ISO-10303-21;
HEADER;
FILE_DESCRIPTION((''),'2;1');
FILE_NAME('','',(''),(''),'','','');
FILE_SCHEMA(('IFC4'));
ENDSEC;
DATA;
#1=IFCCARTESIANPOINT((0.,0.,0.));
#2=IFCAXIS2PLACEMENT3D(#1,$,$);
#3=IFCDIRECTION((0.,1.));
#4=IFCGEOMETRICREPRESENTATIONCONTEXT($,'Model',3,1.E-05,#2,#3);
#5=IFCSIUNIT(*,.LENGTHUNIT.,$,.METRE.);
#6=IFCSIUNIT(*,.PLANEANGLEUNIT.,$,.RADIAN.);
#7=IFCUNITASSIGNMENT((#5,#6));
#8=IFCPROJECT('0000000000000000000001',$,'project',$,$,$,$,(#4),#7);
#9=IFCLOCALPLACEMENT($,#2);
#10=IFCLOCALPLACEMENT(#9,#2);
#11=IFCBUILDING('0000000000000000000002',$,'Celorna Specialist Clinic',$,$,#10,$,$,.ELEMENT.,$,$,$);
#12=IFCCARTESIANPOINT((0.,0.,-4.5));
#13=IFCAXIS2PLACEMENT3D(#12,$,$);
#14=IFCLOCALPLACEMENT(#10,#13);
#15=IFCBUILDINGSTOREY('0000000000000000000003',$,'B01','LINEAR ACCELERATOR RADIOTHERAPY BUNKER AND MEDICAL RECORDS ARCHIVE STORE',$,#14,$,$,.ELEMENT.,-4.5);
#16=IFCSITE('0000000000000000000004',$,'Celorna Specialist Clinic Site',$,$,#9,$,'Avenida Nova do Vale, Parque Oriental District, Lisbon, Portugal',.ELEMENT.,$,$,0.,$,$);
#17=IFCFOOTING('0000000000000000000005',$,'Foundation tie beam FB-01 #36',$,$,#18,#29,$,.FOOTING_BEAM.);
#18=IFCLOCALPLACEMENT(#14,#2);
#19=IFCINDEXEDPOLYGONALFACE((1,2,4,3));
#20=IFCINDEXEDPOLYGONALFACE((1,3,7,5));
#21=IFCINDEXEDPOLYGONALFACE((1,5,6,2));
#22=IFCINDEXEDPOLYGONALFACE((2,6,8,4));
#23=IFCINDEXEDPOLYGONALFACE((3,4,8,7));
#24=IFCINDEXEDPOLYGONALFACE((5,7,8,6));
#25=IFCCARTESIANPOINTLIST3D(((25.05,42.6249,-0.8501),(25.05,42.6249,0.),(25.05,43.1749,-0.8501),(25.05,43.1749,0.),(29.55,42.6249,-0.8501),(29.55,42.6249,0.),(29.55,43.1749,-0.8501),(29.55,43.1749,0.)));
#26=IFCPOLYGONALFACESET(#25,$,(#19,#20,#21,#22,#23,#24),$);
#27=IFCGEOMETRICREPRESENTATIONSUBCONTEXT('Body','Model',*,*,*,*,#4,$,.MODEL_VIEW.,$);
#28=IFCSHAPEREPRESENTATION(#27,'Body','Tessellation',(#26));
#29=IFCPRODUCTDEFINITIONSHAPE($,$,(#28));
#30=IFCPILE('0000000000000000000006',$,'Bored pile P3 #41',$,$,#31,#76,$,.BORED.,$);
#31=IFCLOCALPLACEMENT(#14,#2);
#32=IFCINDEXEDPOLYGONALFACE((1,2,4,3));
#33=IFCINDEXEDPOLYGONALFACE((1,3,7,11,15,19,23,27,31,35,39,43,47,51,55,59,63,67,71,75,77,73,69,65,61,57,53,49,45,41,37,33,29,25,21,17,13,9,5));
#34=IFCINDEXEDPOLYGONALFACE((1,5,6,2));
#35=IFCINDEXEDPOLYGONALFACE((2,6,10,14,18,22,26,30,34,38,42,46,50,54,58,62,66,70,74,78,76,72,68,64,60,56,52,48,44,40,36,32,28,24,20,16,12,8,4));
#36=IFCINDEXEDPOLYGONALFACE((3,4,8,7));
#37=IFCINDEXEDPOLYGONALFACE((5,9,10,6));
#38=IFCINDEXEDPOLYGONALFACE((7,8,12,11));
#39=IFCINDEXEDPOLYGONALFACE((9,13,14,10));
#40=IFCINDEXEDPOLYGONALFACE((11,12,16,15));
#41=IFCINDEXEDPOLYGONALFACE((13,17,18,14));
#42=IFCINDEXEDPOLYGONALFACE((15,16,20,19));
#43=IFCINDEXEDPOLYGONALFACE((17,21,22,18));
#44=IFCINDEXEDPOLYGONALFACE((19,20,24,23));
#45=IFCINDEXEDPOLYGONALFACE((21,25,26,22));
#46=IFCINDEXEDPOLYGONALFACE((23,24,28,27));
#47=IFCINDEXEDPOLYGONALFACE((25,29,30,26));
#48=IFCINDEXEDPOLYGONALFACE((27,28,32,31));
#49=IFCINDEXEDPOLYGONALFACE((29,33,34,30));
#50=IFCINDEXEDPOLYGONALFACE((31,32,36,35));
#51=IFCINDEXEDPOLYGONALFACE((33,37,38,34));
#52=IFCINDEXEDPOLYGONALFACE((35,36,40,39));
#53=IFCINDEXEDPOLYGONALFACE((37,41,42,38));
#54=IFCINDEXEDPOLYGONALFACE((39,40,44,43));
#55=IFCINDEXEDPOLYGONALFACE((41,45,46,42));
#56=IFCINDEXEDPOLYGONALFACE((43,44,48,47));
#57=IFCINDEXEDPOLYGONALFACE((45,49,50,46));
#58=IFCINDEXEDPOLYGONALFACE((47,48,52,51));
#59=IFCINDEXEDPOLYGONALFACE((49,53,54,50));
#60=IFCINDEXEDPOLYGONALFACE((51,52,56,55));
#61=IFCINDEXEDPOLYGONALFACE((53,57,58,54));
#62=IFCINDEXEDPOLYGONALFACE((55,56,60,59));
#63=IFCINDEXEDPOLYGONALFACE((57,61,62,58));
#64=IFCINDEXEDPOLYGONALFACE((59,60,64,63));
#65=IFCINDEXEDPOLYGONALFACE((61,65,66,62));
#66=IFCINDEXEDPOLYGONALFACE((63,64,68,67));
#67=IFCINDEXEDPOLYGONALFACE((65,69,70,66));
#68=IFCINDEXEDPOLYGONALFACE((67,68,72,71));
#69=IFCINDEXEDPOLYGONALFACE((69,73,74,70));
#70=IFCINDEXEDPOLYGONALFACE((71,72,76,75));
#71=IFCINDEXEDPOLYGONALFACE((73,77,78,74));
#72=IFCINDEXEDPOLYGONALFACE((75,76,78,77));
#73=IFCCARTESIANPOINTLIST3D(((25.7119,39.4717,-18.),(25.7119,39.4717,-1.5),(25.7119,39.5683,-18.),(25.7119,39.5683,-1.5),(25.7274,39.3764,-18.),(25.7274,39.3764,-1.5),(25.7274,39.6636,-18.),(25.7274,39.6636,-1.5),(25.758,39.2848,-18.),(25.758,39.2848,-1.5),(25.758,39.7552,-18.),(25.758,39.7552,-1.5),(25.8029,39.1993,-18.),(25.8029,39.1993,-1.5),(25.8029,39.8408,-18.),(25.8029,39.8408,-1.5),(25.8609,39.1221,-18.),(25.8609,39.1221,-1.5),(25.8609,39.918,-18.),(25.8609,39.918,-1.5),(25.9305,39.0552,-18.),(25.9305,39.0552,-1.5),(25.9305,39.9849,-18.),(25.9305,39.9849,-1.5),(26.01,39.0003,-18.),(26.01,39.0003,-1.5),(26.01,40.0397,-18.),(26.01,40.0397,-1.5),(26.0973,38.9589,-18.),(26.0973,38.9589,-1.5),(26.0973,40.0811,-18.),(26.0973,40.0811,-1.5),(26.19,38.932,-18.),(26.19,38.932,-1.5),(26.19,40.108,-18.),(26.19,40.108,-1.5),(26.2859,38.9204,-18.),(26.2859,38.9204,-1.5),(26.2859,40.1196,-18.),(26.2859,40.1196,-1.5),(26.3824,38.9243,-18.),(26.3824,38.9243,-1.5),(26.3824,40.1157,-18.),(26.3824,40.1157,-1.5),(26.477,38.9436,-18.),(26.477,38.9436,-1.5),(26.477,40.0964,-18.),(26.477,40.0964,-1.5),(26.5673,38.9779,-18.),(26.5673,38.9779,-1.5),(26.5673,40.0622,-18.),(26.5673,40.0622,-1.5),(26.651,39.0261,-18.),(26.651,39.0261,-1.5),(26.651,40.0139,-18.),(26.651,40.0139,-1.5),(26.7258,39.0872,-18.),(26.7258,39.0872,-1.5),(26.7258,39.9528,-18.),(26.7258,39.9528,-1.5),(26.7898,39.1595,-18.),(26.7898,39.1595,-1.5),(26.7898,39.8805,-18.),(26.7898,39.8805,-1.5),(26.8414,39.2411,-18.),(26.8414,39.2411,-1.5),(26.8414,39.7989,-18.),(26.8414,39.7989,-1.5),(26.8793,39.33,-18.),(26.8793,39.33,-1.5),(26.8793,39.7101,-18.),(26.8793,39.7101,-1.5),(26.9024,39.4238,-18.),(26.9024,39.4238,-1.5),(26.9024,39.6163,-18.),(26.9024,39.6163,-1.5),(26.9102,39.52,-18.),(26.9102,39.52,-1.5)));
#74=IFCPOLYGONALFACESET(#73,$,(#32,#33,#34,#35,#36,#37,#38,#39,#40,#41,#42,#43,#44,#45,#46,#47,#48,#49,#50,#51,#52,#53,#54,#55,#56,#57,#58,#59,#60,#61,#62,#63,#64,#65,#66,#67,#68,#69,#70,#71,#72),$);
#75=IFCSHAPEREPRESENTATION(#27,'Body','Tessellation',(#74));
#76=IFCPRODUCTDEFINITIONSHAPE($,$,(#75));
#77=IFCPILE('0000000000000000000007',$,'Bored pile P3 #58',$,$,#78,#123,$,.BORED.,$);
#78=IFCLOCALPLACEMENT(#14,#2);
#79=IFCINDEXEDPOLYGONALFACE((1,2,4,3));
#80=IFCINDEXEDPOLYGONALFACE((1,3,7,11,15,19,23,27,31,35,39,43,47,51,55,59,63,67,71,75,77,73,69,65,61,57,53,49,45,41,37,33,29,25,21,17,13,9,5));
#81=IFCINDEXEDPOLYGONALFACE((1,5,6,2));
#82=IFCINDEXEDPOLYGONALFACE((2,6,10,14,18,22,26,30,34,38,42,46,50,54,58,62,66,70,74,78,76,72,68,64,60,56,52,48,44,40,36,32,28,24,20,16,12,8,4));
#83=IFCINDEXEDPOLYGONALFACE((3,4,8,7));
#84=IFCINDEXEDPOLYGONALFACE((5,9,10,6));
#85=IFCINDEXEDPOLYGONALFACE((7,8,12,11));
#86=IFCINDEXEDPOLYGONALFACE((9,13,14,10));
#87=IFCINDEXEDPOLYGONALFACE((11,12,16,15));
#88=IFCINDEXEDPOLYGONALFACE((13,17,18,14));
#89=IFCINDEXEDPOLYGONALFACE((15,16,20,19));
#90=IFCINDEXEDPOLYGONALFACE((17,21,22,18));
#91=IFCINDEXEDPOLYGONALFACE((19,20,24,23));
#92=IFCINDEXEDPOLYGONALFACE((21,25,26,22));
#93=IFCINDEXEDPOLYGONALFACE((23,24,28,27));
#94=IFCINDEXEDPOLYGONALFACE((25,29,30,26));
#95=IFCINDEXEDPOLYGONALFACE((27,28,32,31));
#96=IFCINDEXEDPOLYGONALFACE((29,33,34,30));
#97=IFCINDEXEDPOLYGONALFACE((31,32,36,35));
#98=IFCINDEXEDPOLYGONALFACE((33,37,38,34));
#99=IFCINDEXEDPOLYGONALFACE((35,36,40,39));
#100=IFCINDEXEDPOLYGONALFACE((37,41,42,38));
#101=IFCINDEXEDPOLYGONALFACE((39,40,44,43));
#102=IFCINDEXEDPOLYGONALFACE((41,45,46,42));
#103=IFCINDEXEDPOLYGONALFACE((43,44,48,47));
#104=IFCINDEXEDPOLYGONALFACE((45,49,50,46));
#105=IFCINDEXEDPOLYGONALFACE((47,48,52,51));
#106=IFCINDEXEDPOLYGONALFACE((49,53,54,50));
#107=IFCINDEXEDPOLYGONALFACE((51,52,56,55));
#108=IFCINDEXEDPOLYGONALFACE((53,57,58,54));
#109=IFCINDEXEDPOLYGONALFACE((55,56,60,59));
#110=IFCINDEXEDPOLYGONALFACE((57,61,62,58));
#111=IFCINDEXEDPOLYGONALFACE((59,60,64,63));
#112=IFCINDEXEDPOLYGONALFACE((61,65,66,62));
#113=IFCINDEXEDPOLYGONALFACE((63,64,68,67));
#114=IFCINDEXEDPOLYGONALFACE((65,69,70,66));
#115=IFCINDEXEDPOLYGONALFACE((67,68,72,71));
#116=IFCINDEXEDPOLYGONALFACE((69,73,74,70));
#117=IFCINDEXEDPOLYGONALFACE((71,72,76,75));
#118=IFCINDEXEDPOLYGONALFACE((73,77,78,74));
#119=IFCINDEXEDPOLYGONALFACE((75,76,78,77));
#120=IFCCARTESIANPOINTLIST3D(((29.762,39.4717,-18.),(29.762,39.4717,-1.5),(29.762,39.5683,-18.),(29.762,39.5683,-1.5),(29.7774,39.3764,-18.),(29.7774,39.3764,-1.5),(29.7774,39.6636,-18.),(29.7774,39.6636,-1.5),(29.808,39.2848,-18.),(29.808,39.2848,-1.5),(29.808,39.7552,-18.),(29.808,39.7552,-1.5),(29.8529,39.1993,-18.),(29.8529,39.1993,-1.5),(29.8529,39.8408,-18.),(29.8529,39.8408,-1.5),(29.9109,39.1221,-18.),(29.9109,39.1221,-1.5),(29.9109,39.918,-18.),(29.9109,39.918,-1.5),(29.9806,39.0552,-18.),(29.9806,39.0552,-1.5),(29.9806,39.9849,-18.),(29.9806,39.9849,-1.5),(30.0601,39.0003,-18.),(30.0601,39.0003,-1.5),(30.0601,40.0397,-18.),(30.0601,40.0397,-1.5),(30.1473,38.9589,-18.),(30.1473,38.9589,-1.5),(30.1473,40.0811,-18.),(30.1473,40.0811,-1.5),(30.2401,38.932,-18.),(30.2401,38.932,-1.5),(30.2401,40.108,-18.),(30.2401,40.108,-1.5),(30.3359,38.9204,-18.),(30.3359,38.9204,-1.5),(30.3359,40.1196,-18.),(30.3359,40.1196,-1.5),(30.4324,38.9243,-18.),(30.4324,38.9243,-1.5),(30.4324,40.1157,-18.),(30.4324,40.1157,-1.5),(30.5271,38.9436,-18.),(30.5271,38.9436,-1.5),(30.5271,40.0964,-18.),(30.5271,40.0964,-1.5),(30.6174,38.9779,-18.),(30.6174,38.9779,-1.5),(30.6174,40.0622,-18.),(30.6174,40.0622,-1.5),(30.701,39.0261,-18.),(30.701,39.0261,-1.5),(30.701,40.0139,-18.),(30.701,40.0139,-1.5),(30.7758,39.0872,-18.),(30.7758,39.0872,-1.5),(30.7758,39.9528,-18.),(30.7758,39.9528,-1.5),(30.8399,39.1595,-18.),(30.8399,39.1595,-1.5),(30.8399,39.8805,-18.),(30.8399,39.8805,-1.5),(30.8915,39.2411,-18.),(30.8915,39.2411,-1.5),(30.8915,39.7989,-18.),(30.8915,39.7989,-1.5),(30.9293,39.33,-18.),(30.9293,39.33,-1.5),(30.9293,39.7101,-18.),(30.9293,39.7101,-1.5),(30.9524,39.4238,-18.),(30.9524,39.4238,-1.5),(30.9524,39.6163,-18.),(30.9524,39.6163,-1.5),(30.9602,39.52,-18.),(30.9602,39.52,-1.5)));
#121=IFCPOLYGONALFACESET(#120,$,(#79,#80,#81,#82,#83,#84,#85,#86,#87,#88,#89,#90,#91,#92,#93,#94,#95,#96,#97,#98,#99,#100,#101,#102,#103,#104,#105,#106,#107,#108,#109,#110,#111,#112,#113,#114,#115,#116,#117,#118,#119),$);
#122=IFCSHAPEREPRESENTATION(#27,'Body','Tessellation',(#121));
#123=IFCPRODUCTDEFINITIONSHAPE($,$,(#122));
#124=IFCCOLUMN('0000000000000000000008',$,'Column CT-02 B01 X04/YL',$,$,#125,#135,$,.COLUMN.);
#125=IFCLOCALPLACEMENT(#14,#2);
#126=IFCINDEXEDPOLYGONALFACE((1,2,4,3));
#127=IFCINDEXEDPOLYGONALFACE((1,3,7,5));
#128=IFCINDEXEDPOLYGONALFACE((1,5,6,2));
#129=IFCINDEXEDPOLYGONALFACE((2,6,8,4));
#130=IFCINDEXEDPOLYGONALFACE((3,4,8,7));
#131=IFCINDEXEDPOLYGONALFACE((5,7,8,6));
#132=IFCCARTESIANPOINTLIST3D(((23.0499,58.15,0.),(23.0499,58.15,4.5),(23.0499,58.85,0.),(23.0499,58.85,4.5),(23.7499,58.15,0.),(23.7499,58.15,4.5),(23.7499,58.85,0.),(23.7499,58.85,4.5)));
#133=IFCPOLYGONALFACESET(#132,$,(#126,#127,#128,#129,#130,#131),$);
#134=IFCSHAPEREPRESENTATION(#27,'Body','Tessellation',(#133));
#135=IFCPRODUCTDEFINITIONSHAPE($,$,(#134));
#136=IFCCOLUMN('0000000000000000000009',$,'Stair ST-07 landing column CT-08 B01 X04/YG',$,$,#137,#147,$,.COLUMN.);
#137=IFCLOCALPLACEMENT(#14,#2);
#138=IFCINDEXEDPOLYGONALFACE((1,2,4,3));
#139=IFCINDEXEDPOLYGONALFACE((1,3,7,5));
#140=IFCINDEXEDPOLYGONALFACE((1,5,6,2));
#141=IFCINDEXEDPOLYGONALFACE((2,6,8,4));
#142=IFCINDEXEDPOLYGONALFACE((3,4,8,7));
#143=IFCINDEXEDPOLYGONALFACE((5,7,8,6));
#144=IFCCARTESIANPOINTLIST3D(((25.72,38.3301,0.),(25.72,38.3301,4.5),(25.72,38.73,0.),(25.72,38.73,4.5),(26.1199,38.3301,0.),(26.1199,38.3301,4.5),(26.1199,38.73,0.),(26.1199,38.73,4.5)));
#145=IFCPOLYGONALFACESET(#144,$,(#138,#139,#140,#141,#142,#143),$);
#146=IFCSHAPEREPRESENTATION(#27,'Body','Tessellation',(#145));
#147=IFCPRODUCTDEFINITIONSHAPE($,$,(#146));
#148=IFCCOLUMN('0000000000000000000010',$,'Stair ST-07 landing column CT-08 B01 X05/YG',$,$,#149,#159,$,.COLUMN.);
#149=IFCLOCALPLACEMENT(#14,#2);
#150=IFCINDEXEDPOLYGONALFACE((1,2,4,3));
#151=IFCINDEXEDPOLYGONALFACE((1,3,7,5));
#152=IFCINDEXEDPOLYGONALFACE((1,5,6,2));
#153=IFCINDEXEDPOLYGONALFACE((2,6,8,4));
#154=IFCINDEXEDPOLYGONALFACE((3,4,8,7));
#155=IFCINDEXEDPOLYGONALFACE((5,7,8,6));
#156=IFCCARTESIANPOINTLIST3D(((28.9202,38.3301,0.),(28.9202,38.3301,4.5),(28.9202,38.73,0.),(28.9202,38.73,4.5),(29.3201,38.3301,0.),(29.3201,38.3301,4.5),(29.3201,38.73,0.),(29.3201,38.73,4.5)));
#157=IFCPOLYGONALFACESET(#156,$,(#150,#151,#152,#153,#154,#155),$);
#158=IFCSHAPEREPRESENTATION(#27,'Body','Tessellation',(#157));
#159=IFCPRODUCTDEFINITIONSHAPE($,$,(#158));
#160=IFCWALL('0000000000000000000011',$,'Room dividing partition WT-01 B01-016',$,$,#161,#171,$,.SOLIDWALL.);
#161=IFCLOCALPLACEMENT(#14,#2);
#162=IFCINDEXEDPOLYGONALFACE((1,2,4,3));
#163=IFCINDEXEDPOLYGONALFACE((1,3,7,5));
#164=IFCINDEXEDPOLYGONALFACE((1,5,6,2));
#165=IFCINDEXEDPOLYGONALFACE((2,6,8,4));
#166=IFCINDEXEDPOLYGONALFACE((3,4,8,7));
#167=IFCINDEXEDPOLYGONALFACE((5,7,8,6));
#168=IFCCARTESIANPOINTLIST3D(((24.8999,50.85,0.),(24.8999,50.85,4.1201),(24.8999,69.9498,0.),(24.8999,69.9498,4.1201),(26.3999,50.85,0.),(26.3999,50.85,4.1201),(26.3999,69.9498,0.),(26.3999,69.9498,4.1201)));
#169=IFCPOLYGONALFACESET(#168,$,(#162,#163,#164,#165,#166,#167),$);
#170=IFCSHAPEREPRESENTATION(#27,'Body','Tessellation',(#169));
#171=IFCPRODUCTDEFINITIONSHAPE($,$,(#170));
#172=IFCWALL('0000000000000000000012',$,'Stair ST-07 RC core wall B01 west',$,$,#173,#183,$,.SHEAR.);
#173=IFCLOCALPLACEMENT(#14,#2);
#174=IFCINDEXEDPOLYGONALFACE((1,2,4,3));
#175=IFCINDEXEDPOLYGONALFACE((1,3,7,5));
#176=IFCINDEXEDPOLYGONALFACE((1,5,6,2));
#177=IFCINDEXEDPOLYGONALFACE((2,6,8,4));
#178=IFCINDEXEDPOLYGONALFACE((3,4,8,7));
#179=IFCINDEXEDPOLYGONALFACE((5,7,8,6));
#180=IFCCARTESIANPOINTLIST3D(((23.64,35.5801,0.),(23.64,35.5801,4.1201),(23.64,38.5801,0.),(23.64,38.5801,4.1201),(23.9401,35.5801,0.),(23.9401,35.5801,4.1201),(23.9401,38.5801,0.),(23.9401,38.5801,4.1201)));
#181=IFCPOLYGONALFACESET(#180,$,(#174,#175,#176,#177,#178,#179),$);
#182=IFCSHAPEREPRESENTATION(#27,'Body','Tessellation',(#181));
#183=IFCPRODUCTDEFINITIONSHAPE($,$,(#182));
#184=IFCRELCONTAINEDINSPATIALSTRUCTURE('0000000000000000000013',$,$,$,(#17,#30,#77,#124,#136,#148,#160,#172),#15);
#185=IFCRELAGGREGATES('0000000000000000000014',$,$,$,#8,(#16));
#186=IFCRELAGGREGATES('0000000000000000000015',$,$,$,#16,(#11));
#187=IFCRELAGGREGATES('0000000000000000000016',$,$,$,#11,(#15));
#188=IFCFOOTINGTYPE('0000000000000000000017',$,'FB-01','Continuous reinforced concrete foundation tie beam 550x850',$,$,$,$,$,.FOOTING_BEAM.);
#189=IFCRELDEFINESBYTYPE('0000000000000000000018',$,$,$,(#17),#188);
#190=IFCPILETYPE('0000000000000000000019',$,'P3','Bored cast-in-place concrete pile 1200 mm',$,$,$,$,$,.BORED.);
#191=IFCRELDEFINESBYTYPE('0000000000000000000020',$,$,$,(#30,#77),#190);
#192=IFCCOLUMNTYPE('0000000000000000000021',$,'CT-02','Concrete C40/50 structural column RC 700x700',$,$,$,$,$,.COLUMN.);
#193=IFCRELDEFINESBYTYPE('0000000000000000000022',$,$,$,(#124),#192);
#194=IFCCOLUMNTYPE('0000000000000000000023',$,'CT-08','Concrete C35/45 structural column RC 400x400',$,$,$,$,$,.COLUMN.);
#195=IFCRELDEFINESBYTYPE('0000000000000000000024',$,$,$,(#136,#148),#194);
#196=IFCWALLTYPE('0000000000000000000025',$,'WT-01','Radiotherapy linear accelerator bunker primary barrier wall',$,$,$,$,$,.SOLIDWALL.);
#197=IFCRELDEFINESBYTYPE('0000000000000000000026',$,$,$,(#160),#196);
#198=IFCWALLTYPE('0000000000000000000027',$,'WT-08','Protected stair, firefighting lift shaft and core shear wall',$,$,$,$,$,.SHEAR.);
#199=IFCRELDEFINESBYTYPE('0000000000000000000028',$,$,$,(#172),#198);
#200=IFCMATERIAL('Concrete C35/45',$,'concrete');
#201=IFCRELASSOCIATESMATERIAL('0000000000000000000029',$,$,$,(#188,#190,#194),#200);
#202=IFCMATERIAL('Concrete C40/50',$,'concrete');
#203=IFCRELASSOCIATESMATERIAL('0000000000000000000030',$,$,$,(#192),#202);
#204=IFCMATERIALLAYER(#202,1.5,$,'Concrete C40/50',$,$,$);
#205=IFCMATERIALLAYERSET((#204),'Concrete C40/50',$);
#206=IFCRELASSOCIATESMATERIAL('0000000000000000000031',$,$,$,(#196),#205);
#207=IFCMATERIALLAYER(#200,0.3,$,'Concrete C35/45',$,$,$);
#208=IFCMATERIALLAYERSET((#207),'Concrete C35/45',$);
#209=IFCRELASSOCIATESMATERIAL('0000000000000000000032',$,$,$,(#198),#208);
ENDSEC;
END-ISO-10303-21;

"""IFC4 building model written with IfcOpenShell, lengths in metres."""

from ifc_helpers import new_model, si_unit, direction, frame, frame_2d, origin, origin_2d, place, context, subcontext, project, spatial, rectangle, circle, extrude, material, layer, layer_set, material_profile, profile_set, type_object, element, save


model = new_model("IFC4")

# Units and contexts
model_context = context("Model", 3, precision=1e-05, world=origin(), true_north=direction((0.0, 1.0)))
body_context = subcontext(model_context, "Body", "Model", "MODEL_VIEW")
ifc_project = project(units=[si_unit("LENGTHUNIT", "METRE"), si_unit("PLANEANGLEUNIT", "RADIAN")], contexts=[model_context])

# Site, building, storey
site_placement = place(None, origin())
site = spatial("IfcSite", under=ifc_project, at=site_placement, Name="Celorna Specialist Clinic Site", LongName="Avenida Nova do Vale, Parque Oriental District, Lisbon, Portugal", CompositionType="ELEMENT", RefElevation=0.0)
building_placement = place(site_placement, origin())
building = spatial("IfcBuilding", under=site, at=building_placement, Name="Celorna Specialist Clinic", CompositionType="ELEMENT")
storey_placement = place(building_placement, frame((0.0, 0.0, -4.5)))
storey = spatial("IfcBuildingStorey", under=building, at=storey_placement, Name="B01", Description="LINEAR ACCELERATOR RADIOTHERAPY BUNKER AND MEDICAL RECORDS ARCHIVE STORE", CompositionType="ELEMENT", Elevation=-4.5)

# Footing
ifc_material_1 = material(Name="Concrete C35/45", Category="concrete")
footing_type = type_object("IfcFootingType", Name="FB-01", Description="Continuous reinforced concrete foundation tie beam 550x850", PredefinedType="FOOTING_BEAM", material=ifc_material_1)
footing_placement = place(storey_placement, frame((27.3, 42.8999, -0.8501), z_axis=(0.0, 0.0, 1.0), x_axis=(1.0, 0.0, 0.0)))
element("IfcFooting", 1, at=footing_placement, inside=storey, type_object=footing_type, Name="Foundation tie beam FB-01 #36", PredefinedType="FOOTING_BEAM", context=body_context, shape_type="SweptSolid", body=[
    extrude(rectangle(XDim=4.5, YDim=0.55, at=origin_2d()), origin(), (0.0, 0.0, 1.0), 0.8501),
])

# Piles
ifc_material_profile_1 = material_profile(ifc_material_1, circle(Radius=0.6001, at=origin_2d()), Name="BORED PILE 1200")
ifc_profile_set_1 = profile_set([ifc_material_profile_1], Name="Concrete C35/45")
pile_type = type_object("IfcPileType", Name="P3", Description="Bored cast-in-place concrete pile 1200 mm", PredefinedType="BORED", material=ifc_profile_set_1)
for number, where, z_axis, x_axis, name in (
    (2, (26.3101, 39.52, -1.5), (0.0, 0.0, -1.0), (1.0, 0.0, 0.0), "Bored pile P3 #41"),
    (3, (30.3601, 39.52, -1.5), (0.0, 0.0, -1.0), (1.0, 0.0, 0.0), "Bored pile P3 #58"),
):
    element("IfcPile", number, at=place(storey_placement, frame(where, z_axis=z_axis, x_axis=x_axis)), inside=storey, type_object=pile_type, Name=name, PredefinedType="BORED", context=body_context, shape_type="SweptSolid", body=[
        extrude(circle(Radius=0.6001, at=origin_2d()), origin(), (0.0, 0.0, 1.0), 16.5),
    ])

# Columns
ifc_material_2 = material(Name="Concrete C40/50", Category="concrete")
ifc_material_profile_2 = material_profile(ifc_material_2, rectangle(XDim=0.7, YDim=0.7, at=origin_2d()), Name="RC 700x700")
ifc_profile_set_2 = profile_set([ifc_material_profile_2], Name="Concrete C40/50")
column_type_1 = type_object("IfcColumnType", Name="CT-02", Description="Concrete C40/50 structural column RC 700x700", PredefinedType="COLUMN", material=ifc_profile_set_2)
column_placement = place(storey_placement, frame((23.3999, 58.5, 0.0), z_axis=(0.0, 0.0, 1.0), x_axis=(1.0, 0.0, 0.0)))
element("IfcColumn", 4, at=column_placement, inside=storey, type_object=column_type_1, Name="Column CT-02 B01 X04/YL", PredefinedType="COLUMN", context=body_context, shape_type="SweptSolid", body=[
    extrude(rectangle(XDim=0.7, YDim=0.7, at=origin_2d()), origin(), (0.0, 0.0, 1.0), 4.5),
])
ifc_material_profile_3 = material_profile(ifc_material_1, rectangle(XDim=0.3999, YDim=0.3999, at=origin_2d()), Name="RC 400x400")
ifc_profile_set_3 = profile_set([ifc_material_profile_3], Name="Concrete C35/45")
column_type_2 = type_object("IfcColumnType", Name="CT-08", Description="Concrete C35/45 structural column RC 400x400", PredefinedType="COLUMN", material=ifc_profile_set_3)
for number, where, z_axis, x_axis, name in (
    (5, (25.9199, 38.53, 0.0), (0.0, 0.0, 1.0), (1.0, 0.0, 0.0), "Stair ST-07 landing column CT-08 B01 X04/YG"),
    (6, (29.1201, 38.53, 0.0), (0.0, 0.0, 1.0), (1.0, 0.0, 0.0), "Stair ST-07 landing column CT-08 B01 X05/YG"),
):
    element("IfcColumn", number, at=place(storey_placement, frame(where, z_axis=z_axis, x_axis=x_axis)), inside=storey, type_object=column_type_2, Name=name, PredefinedType="COLUMN", context=body_context, shape_type="SweptSolid", body=[
        extrude(rectangle(XDim=0.3999, YDim=0.3999, at=origin_2d()), origin(), (0.0, 0.0, 1.0), 4.5),
    ])

# Walls
ifc_layer_1 = layer(ifc_material_2, 1.5, Name="Concrete C40/50")
ifc_layer_set_1 = layer_set([ifc_layer_1], Name="Concrete C40/50")
wall_type_1 = type_object("IfcWallType", Name="WT-01", Description="Radiotherapy linear accelerator bunker primary barrier wall", PredefinedType="SOLIDWALL", material=ifc_layer_set_1)
wall_1_placement = place(storey_placement, frame((25.6499, 50.8501, 0.0), z_axis=(0.0, 0.0, 1.0), x_axis=(0.0, 1.0, 0.0)))
element("IfcWall", 7, at=wall_1_placement, inside=storey, type_object=wall_type_1, Name="Room dividing partition WT-01 B01-016", PredefinedType="SOLIDWALL", context=body_context, shape_type="SweptSolid", body=[
    extrude(rectangle(XDim=19.0999, YDim=1.5, at=frame_2d((9.5498, 0.0))), origin(), (0.0, 0.0, 1.0), 4.1201),
])
ifc_layer_2 = layer(ifc_material_1, 0.3, Name="Concrete C35/45")
ifc_layer_set_2 = layer_set([ifc_layer_2], Name="Concrete C35/45")
wall_type_2 = type_object("IfcWallType", Name="WT-08", Description="Protected stair, firefighting lift shaft and core shear wall", PredefinedType="SHEAR", material=ifc_layer_set_2)
wall_2_placement = place(storey_placement, frame((23.79, 38.5801, 0.0), z_axis=(0.0, 0.0, 1.0), x_axis=(0.0, -1.0, 0.0)))
element("IfcWall", 8, at=wall_2_placement, inside=storey, type_object=wall_type_2, Name="Stair ST-07 RC core wall B01 west", PredefinedType="SHEAR", context=body_context, shape_type="SweptSolid", body=[
    extrude(rectangle(XDim=3.0, YDim=0.3, at=frame_2d((1.5, 0.0))), origin(), (0.0, 0.0, 1.0), 4.1201),
])

save(model, "model.ifc")
